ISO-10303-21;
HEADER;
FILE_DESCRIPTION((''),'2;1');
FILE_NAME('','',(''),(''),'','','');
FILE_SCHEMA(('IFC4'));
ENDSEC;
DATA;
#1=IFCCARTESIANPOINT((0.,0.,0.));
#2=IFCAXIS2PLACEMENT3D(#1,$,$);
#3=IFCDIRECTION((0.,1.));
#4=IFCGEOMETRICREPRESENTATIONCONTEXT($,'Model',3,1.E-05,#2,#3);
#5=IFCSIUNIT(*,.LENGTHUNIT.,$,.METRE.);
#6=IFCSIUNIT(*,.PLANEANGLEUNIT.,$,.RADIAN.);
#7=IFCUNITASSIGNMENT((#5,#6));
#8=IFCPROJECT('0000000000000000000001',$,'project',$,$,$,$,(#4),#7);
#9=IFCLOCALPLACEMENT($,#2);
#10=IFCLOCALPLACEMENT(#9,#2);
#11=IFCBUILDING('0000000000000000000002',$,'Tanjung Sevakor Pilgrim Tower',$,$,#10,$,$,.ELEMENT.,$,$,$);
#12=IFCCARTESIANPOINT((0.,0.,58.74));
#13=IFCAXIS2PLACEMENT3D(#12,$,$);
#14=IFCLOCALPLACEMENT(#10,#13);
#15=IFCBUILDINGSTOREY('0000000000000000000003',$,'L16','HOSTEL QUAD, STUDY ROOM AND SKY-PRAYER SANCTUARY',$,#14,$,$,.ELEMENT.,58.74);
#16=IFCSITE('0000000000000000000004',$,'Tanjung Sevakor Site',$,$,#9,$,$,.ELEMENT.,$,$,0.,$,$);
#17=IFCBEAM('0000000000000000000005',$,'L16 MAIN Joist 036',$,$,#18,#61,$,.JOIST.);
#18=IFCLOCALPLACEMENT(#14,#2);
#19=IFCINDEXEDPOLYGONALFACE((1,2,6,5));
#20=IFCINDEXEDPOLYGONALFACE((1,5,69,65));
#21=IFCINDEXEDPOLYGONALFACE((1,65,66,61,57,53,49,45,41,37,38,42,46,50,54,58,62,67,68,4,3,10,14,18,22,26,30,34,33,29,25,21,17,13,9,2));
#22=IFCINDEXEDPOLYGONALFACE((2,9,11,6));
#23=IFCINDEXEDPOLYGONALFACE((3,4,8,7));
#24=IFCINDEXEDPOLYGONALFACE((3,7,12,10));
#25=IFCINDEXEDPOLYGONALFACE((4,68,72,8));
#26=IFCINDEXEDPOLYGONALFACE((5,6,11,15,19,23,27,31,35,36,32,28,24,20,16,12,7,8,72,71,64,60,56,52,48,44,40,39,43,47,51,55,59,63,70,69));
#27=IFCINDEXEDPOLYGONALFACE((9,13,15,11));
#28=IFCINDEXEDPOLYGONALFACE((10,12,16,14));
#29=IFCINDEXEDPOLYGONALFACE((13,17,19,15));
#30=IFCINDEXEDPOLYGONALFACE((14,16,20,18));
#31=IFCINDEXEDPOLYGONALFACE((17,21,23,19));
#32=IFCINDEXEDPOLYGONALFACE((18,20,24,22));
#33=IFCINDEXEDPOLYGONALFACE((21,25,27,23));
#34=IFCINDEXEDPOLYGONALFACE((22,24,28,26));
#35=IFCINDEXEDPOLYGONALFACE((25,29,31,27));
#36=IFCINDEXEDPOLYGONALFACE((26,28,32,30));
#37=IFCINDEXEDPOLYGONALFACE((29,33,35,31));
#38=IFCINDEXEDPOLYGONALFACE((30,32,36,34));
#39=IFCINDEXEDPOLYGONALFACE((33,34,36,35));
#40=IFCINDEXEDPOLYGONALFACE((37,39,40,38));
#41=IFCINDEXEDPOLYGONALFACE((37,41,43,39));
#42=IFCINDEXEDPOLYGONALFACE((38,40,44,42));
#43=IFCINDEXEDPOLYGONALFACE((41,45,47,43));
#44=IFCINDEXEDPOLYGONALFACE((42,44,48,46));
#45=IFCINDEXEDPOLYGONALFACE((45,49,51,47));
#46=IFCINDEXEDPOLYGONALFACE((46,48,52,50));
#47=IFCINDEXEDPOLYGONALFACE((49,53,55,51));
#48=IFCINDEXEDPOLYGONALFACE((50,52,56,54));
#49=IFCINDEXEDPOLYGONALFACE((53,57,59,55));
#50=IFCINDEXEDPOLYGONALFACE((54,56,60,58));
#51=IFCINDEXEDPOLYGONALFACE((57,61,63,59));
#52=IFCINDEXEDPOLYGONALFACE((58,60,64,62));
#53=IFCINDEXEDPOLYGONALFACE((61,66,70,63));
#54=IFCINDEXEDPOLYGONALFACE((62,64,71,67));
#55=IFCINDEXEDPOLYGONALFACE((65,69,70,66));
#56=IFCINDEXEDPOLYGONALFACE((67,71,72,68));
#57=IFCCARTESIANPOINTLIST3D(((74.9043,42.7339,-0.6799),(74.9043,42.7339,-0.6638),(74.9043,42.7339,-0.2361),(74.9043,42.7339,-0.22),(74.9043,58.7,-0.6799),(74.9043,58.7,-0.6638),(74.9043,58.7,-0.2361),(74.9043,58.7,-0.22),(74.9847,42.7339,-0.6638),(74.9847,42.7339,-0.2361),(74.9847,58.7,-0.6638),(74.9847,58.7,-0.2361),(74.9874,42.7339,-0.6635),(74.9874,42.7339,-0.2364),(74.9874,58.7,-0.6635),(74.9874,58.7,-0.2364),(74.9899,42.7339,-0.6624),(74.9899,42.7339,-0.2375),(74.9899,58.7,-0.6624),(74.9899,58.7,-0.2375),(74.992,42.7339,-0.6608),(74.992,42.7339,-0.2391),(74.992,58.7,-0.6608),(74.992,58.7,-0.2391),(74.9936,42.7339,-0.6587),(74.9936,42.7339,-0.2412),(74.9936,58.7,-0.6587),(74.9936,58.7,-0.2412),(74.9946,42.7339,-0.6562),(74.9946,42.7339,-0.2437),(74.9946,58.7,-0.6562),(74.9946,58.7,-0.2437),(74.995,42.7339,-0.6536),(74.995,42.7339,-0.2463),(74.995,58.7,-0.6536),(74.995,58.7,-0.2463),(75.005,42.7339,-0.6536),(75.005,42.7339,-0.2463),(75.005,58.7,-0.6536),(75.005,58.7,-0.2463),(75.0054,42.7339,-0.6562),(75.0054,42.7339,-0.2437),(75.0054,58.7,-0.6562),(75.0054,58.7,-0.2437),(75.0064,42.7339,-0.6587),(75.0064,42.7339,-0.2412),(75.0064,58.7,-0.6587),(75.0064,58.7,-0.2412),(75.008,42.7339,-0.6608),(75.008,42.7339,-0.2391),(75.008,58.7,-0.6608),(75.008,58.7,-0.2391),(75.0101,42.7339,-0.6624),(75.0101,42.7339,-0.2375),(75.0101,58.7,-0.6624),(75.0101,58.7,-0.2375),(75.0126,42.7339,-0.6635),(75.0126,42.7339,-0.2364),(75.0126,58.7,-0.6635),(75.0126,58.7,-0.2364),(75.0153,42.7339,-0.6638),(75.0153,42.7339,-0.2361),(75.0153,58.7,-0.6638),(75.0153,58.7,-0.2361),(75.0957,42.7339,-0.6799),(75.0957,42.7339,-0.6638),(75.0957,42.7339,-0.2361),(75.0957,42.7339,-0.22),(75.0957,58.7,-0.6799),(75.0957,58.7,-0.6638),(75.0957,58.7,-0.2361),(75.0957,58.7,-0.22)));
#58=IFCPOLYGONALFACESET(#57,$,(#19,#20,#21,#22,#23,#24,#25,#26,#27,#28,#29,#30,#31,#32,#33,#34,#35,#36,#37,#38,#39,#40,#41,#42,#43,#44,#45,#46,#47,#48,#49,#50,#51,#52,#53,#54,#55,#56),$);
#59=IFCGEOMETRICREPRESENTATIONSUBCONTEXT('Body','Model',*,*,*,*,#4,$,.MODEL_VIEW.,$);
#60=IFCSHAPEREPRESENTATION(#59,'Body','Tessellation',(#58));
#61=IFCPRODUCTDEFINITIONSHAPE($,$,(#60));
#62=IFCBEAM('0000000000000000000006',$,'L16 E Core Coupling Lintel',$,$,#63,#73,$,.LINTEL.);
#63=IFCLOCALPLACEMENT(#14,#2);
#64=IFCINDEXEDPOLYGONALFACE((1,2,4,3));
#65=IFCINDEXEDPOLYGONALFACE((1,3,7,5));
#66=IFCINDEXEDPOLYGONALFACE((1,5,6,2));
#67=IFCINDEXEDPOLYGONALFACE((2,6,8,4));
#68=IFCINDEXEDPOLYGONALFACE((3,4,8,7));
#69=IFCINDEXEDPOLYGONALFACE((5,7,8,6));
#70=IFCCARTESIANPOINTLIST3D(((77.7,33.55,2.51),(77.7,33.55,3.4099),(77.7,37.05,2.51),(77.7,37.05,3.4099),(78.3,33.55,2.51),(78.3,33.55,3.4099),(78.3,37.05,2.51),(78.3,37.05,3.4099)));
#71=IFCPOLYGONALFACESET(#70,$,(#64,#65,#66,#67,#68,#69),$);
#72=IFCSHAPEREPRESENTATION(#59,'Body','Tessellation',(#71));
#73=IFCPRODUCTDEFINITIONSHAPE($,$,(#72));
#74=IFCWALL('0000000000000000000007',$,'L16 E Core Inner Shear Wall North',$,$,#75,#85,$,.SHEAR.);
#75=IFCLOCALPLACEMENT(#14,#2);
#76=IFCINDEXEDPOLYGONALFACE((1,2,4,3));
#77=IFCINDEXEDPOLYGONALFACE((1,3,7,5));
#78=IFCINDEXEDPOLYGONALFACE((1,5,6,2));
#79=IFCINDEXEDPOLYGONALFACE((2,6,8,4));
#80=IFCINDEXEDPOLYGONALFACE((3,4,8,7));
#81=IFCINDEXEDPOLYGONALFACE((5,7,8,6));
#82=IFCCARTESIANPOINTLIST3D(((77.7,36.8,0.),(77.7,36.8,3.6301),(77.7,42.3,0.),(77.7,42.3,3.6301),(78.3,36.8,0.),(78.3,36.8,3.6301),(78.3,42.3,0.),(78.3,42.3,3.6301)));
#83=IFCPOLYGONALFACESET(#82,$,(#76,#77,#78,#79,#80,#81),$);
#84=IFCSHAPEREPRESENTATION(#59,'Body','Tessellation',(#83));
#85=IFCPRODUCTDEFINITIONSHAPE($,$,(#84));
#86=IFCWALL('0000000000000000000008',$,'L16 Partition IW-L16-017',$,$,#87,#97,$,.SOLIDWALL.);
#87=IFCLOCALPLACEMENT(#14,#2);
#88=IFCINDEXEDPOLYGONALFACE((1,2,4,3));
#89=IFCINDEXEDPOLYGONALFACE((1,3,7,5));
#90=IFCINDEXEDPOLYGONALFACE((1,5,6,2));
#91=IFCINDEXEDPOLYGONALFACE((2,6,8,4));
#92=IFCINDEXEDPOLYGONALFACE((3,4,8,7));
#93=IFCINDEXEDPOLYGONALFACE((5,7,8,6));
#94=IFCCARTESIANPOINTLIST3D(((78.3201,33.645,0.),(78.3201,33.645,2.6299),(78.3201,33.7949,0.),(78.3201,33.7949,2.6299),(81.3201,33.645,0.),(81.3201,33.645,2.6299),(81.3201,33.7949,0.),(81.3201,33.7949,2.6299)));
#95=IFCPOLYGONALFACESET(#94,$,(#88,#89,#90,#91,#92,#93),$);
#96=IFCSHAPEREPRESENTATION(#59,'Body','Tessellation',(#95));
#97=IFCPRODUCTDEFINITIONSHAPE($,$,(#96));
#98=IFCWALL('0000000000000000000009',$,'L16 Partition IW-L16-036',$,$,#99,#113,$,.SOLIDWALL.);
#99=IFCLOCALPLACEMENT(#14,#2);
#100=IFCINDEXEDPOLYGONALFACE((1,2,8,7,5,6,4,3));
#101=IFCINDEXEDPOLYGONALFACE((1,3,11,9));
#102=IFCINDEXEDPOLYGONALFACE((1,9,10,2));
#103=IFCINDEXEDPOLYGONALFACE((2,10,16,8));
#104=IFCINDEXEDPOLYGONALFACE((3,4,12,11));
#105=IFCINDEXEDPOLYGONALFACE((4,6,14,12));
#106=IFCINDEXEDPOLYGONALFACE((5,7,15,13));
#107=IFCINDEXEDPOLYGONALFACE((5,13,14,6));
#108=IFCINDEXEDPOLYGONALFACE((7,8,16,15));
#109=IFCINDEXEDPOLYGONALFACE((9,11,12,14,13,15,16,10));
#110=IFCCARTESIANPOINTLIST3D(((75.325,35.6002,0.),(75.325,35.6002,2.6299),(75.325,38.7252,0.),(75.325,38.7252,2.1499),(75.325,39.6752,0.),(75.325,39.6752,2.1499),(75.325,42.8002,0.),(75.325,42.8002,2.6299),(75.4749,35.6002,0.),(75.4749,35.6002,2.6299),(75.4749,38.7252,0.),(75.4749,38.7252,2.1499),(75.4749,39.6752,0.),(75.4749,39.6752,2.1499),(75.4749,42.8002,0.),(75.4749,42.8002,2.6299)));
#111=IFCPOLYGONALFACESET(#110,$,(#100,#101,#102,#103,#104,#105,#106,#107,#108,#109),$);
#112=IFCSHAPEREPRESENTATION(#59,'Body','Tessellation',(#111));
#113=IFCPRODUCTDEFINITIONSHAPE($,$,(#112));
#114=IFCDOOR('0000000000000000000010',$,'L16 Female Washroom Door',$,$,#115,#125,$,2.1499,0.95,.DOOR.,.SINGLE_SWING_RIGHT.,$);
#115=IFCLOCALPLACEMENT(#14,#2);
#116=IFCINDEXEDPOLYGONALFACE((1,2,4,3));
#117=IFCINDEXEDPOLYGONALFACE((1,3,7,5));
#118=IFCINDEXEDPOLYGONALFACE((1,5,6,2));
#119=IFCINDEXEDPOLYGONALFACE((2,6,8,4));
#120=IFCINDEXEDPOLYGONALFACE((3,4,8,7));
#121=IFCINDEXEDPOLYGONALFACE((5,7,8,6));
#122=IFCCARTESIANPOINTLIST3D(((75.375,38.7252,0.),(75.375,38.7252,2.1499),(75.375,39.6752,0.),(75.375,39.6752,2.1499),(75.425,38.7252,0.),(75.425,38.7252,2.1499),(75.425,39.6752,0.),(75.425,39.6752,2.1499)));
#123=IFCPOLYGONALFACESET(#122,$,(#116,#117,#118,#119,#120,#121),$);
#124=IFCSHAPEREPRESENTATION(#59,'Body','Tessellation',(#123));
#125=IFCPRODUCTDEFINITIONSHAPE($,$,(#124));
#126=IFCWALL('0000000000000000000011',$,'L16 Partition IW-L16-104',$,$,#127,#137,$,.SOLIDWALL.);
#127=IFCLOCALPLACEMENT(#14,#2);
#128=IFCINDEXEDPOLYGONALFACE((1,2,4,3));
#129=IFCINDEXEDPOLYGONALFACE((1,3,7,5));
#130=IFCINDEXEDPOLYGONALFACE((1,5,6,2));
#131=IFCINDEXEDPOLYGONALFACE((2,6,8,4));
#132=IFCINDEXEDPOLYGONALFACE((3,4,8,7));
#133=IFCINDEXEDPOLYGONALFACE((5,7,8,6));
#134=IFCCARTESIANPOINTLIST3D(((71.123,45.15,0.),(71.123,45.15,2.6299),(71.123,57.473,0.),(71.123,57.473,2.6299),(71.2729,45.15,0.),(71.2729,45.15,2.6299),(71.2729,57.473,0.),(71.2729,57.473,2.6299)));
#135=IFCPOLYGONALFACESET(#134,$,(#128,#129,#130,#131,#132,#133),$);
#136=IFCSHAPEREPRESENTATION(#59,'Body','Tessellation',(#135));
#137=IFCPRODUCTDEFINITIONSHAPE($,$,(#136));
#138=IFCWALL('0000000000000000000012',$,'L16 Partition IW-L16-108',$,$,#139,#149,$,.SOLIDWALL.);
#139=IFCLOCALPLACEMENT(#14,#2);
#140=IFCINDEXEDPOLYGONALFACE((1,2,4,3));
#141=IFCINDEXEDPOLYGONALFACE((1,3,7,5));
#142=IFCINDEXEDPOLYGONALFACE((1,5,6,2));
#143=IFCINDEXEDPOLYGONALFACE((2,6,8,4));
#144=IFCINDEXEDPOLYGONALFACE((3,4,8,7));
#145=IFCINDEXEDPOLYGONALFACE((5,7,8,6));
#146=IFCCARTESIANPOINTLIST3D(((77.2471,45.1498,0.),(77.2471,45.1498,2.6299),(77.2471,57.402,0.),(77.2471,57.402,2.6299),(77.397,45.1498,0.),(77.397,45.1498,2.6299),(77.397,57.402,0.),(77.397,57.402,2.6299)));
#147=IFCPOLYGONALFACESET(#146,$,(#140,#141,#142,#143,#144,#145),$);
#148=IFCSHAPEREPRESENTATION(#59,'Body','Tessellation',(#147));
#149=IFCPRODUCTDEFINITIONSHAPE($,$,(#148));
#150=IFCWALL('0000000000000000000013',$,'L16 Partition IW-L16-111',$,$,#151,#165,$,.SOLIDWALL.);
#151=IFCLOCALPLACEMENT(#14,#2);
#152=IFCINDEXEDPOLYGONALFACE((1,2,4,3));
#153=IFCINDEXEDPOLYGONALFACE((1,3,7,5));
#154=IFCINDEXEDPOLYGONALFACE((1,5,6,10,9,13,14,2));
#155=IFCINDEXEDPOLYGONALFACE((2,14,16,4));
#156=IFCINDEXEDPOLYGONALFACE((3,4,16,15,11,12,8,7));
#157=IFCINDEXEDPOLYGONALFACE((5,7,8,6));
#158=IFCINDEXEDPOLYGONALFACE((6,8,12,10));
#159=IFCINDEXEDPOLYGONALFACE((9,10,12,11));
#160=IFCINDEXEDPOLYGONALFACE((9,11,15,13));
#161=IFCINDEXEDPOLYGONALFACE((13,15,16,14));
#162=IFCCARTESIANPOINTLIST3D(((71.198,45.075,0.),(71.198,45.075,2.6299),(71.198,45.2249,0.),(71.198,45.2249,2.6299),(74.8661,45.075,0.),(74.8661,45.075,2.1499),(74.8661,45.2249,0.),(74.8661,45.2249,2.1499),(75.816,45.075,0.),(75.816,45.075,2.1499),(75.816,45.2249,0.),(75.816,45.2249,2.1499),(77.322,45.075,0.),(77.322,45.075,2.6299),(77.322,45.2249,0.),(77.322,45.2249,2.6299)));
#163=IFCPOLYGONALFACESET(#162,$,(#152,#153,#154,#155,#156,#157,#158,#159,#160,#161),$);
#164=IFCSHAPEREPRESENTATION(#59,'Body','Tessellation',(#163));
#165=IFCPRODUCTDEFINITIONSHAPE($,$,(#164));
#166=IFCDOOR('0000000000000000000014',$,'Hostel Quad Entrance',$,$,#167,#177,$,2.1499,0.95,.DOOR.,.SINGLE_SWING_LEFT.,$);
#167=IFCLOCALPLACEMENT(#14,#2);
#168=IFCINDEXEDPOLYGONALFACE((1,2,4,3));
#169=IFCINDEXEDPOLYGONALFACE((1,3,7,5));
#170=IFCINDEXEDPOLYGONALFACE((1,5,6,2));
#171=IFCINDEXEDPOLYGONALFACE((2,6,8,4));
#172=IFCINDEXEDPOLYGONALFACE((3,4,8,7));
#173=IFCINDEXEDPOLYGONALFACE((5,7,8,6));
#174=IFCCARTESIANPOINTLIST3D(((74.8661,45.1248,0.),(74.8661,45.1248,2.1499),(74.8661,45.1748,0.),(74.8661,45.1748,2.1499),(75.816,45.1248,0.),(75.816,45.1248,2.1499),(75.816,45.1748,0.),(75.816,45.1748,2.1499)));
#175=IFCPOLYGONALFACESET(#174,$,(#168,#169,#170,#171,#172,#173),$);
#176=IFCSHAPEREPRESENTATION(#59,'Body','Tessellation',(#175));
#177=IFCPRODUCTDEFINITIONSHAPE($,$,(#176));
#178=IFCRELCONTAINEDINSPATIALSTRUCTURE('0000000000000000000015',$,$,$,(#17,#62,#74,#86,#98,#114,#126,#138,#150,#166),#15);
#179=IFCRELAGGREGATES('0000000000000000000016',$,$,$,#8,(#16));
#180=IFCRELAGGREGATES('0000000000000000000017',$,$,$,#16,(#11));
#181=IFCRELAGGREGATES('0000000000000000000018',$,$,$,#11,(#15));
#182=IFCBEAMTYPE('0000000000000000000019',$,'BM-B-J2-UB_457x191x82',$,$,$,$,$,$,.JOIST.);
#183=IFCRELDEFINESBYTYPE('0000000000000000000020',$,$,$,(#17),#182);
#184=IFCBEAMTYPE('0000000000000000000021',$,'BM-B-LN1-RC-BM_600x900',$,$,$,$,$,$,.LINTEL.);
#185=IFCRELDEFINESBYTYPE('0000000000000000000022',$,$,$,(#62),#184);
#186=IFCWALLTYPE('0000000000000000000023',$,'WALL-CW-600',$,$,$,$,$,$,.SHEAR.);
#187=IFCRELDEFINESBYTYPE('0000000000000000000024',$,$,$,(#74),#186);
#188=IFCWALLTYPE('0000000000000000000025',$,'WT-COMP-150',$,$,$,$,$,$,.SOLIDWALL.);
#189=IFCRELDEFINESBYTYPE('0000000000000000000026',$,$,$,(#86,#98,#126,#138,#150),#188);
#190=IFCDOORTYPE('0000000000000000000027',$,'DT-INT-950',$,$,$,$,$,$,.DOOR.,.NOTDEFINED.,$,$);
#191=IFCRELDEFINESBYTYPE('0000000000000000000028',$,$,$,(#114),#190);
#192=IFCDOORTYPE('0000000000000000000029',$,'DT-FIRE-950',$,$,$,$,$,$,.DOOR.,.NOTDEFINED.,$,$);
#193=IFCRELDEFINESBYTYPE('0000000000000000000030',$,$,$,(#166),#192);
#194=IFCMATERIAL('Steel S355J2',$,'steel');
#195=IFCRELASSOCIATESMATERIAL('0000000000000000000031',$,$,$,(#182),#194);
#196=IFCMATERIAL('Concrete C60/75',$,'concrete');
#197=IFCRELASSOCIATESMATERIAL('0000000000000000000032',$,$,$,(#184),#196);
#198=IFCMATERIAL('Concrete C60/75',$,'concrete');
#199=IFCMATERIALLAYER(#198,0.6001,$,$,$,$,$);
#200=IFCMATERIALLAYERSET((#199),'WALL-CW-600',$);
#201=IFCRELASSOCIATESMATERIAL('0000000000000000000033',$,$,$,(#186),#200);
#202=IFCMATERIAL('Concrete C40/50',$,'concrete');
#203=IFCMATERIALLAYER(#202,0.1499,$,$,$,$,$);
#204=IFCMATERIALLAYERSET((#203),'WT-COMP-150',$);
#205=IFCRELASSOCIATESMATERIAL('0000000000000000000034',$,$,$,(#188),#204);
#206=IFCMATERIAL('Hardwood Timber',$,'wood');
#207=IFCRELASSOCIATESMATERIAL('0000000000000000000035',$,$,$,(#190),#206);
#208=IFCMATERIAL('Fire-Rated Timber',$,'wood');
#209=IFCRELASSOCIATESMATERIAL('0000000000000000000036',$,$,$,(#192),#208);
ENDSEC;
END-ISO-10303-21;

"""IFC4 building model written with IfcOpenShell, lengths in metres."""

from ifc_helpers import new_model, si_unit, direction, frame, frame_2d, origin, origin_2d, place, context, subcontext, project, spatial, rectangle, i_section, extrude, material, layer, layer_set, material_profile, profile_set, type_object, element, fill, save


model = new_model("IFC4")

# Units and contexts
model_context = context("Model", 3, precision=1e-05, world=origin(), true_north=direction((0.0, 1.0)))
body_context = subcontext(model_context, "Body", "Model", "MODEL_VIEW")
ifc_project = project(units=[si_unit("LENGTHUNIT", "METRE"), si_unit("PLANEANGLEUNIT", "RADIAN")], contexts=[model_context])

# Site, building, storey
site_placement = place(None, origin())
site = spatial("IfcSite", under=ifc_project, at=site_placement, Name="Tanjung Sevakor Site", CompositionType="ELEMENT", RefElevation=0.0)
building_placement = place(site_placement, origin())
building = spatial("IfcBuilding", under=site, at=building_placement, Name="Tanjung Sevakor Pilgrim Tower", CompositionType="ELEMENT")
storey_placement = place(building_placement, frame((0.0, 0.0, 58.74)))
storey = spatial("IfcBuildingStorey", under=building, at=storey_placement, Name="L16", Description="HOSTEL QUAD, STUDY ROOM AND SKY-PRAYER SANCTUARY", CompositionType="ELEMENT", Elevation=58.74)

# Beams
ifc_material_1 = material(Name="Steel S355J2", Category="steel")
ifc_material_profile_1 = material_profile(ifc_material_1, i_section(OverallWidth=0.1914, OverallDepth=0.46, WebThickness=0.01, FlangeThickness=0.0161, FilletRadius=0.0103, at=origin_2d()))
ifc_profile_set_1 = profile_set([ifc_material_profile_1], Name="Steel S355J2")
beam_type_1 = type_object("IfcBeamType", Name="BM-B-J2-UB_457x191x82", PredefinedType="JOIST", material=ifc_profile_set_1)
beam_1_placement = place(storey_placement, frame((75.0, 42.7339, -0.45), z_axis=(0.0, 1.0, 0.0), x_axis=(-1.0, 0.0, 0.0)))
element("IfcBeam", 1, at=beam_1_placement, inside=storey, type_object=beam_type_1, Name="L16 MAIN Joist 036", PredefinedType="JOIST", context=body_context, shape_type="SweptSolid", body=[
    extrude(i_section(OverallWidth=0.1914, OverallDepth=0.46, WebThickness=0.01, FlangeThickness=0.0161, FilletRadius=0.0103, at=origin_2d()), origin(), (0.0, 0.0, 1.0), 15.9661),
])
ifc_material_2 = material(Name="Concrete C60/75", Category="concrete")
ifc_material_profile_2 = material_profile(ifc_material_2, rectangle(XDim=0.6001, YDim=0.8999, at=origin_2d()))
ifc_profile_set_2 = profile_set([ifc_material_profile_2], Name="Concrete C60/75")
beam_type_2 = type_object("IfcBeamType", Name="BM-B-LN1-RC-BM_600x900", PredefinedType="LINTEL", material=ifc_profile_set_2)
beam_2_placement = place(storey_placement, frame((78.0, 33.55, 2.96), z_axis=(0.0, 1.0, 0.0), x_axis=(-1.0, 0.0, 0.0)))
element("IfcBeam", 2, at=beam_2_placement, inside=storey, type_object=beam_type_2, Name="L16 E Core Coupling Lintel", PredefinedType="LINTEL", context=body_context, shape_type="SweptSolid", body=[
    extrude(rectangle(XDim=0.6001, YDim=0.8999, at=origin_2d()), origin(), (0.0, 0.0, 1.0), 3.5),
])

# Walls
ifc_material_3 = material(Name="Concrete C60/75", Category="concrete")
ifc_layer_1 = layer(ifc_material_3, 0.6001)
ifc_layer_set_1 = layer_set([ifc_layer_1], Name="WALL-CW-600")
wall_type_1 = type_object("IfcWallType", Name="WALL-CW-600", PredefinedType="SHEAR", material=ifc_layer_set_1)
wall_1_placement = place(storey_placement, frame((78.0, 36.8, 0.0), z_axis=(0.0, 0.0, 1.0), x_axis=(0.0, 1.0, 0.0)))
element("IfcWall", 3, at=wall_1_placement, inside=storey, type_object=wall_type_1, Name="L16 E Core Inner Shear Wall North", PredefinedType="SHEAR", context=body_context, shape_type="SweptSolid", body=[
    extrude(rectangle(XDim=5.5, YDim=0.6001, at=frame_2d((2.75, 0.0))), origin(), (0.0, 0.0, 1.0), 3.6301),
])
ifc_material_4 = material(Name="Concrete C40/50", Category="concrete")
ifc_layer_2 = layer(ifc_material_4, 0.1499)
ifc_layer_set_2 = layer_set([ifc_layer_2], Name="WT-COMP-150")
wall_type_2 = type_object("IfcWallType", Name="WT-COMP-150", PredefinedType="SOLIDWALL", material=ifc_layer_set_2)
wall_2_placement = place(storey_placement, frame((78.3201, 33.72, 0.0), z_axis=(0.0, 0.0, 1.0), x_axis=(1.0, 0.0, 0.0)))
element("IfcWall", 4, at=wall_2_placement, inside=storey, type_object=wall_type_2, Name="L16 Partition IW-L16-017", PredefinedType="SOLIDWALL", context=body_context, shape_type="SweptSolid", body=[
    extrude(rectangle(XDim=3.0, YDim=0.1499, at=frame_2d((1.5, 0.0))), origin(), (0.0, 0.0, 1.0), 2.6299),
])

# Wall, opening, door
wall_3_placement = place(storey_placement, frame((75.3999, 35.6001, 0.0), z_axis=(0.0, 0.0, 1.0), x_axis=(0.0, 1.0, 0.0)))
wall_3 = element("IfcWall", 5, at=wall_3_placement, inside=storey, type_object=wall_type_2, Name="L16 Partition IW-L16-036", PredefinedType="SOLIDWALL", context=body_context, shape_type="SweptSolid", body=[
    extrude(rectangle(XDim=7.2, YDim=0.1499, at=frame_2d((3.6001, 0.0))), origin(), (0.0, 0.0, 1.0), 2.6299),
])
opening_1_placement = place(wall_3_placement, frame((3.125, 0.0, 0.0)))
opening_1 = element("IfcOpeningElement", 6, at=opening_1_placement, cuts=wall_3, PredefinedType="OPENING", context=body_context, shape_type="SweptSolid", body=[
    extrude(rectangle(XDim=0.95, YDim=2.1499, at=frame_2d((0.4751, 1.075))), frame((0.0, 0.085, 0.0), z_axis=(0.0, -1.0, 0.0), x_axis=(1.0, 0.0, 0.0)), (0.0, 0.0, 1.0), 0.1699),
])
ifc_material_5 = material(Name="Hardwood Timber", Category="wood")
door_type_1 = type_object("IfcDoorType", Name="DT-INT-950", OperationType="NOTDEFINED", PredefinedType="DOOR", material=ifc_material_5)
door_1_placement = place(opening_1_placement, origin())
door_1 = element("IfcDoor", 7, at=door_1_placement, inside=storey, type_object=door_type_1, Name="L16 Female Washroom Door", OperationType="SINGLE_SWING_RIGHT", OverallHeight=2.1499, OverallWidth=0.95, PredefinedType="DOOR", context=body_context, shape_type="SweptSolid", body=[
    extrude(rectangle(XDim=0.95, YDim=2.1499, at=frame_2d((0.4751, 1.075))), frame((0.0, 0.0249, 0.0), z_axis=(0.0, -1.0, 0.0), x_axis=(1.0, 0.0, 0.0)), (0.0, 0.0, 1.0), 0.05),
])
fill(opening_1, door_1)

# Walls
wall_4_placement = place(storey_placement, frame((71.198, 45.1499, 0.0), z_axis=(0.0, 0.0, 1.0), x_axis=(0.0, 1.0, 0.0)))
element("IfcWall", 8, at=wall_4_placement, inside=storey, type_object=wall_type_2, Name="L16 Partition IW-L16-104", PredefinedType="SOLIDWALL", context=body_context, shape_type="SweptSolid", body=[
    extrude(rectangle(XDim=12.323, YDim=0.1499, at=frame_2d((6.1616, 0.0))), origin(), (0.0, 0.0, 1.0), 2.6299),
])
wall_5_placement = place(storey_placement, frame((77.322, 45.1499, 0.0), z_axis=(0.0, 0.0, 1.0), x_axis=(0.0, 1.0, 0.0)))
element("IfcWall", 9, at=wall_5_placement, inside=storey, type_object=wall_type_2, Name="L16 Partition IW-L16-108", PredefinedType="SOLIDWALL", context=body_context, shape_type="SweptSolid", body=[
    extrude(rectangle(XDim=12.2522, YDim=0.1499, at=frame_2d((6.126, 0.0))), origin(), (0.0, 0.0, 1.0), 2.6299),
])

# Wall, opening, door
wall_6_placement = place(storey_placement, frame((71.198, 45.1499, 0.0), z_axis=(0.0, 0.0, 1.0), x_axis=(1.0, 0.0, 0.0)))
wall_6 = element("IfcWall", 10, at=wall_6_placement, inside=storey, type_object=wall_type_2, Name="L16 Partition IW-L16-111", PredefinedType="SOLIDWALL", context=body_context, shape_type="SweptSolid", body=[
    extrude(rectangle(XDim=6.124, YDim=0.1499, at=frame_2d((3.062, 0.0))), origin(), (0.0, 0.0, 1.0), 2.6299),
])
opening_2_placement = place(wall_6_placement, frame((3.668, 0.0, 0.0)))
opening_2 = element("IfcOpeningElement", 11, at=opening_2_placement, cuts=wall_6, PredefinedType="OPENING", context=body_context, shape_type="SweptSolid", body=[
    extrude(rectangle(XDim=0.95, YDim=2.1499, at=frame_2d((0.4751, 1.075))), frame((0.0, 0.085, 0.0), z_axis=(0.0, -1.0, 0.0), x_axis=(1.0, 0.0, 0.0)), (0.0, 0.0, 1.0), 0.1699),
])
ifc_material_6 = material(Name="Fire-Rated Timber", Category="wood")
door_type_2 = type_object("IfcDoorType", Name="DT-FIRE-950", OperationType="NOTDEFINED", PredefinedType="DOOR", material=ifc_material_6)
door_2_placement = place(opening_2_placement, origin())
door_2 = element("IfcDoor", 12, at=door_2_placement, inside=storey, type_object=door_type_2, Name="Hostel Quad Entrance", OperationType="SINGLE_SWING_LEFT", OverallHeight=2.1499, OverallWidth=0.95, PredefinedType="DOOR", context=body_context, shape_type="SweptSolid", body=[
    extrude(rectangle(XDim=0.95, YDim=2.1499, at=frame_2d((0.4751, 1.075))), frame((0.0, 0.0249, 0.0), z_axis=(0.0, -1.0, 0.0), x_axis=(1.0, 0.0, 0.0)), (0.0, 0.0, 1.0), 0.05),
])
fill(opening_2, door_2)

save(model, "model.ifc")
